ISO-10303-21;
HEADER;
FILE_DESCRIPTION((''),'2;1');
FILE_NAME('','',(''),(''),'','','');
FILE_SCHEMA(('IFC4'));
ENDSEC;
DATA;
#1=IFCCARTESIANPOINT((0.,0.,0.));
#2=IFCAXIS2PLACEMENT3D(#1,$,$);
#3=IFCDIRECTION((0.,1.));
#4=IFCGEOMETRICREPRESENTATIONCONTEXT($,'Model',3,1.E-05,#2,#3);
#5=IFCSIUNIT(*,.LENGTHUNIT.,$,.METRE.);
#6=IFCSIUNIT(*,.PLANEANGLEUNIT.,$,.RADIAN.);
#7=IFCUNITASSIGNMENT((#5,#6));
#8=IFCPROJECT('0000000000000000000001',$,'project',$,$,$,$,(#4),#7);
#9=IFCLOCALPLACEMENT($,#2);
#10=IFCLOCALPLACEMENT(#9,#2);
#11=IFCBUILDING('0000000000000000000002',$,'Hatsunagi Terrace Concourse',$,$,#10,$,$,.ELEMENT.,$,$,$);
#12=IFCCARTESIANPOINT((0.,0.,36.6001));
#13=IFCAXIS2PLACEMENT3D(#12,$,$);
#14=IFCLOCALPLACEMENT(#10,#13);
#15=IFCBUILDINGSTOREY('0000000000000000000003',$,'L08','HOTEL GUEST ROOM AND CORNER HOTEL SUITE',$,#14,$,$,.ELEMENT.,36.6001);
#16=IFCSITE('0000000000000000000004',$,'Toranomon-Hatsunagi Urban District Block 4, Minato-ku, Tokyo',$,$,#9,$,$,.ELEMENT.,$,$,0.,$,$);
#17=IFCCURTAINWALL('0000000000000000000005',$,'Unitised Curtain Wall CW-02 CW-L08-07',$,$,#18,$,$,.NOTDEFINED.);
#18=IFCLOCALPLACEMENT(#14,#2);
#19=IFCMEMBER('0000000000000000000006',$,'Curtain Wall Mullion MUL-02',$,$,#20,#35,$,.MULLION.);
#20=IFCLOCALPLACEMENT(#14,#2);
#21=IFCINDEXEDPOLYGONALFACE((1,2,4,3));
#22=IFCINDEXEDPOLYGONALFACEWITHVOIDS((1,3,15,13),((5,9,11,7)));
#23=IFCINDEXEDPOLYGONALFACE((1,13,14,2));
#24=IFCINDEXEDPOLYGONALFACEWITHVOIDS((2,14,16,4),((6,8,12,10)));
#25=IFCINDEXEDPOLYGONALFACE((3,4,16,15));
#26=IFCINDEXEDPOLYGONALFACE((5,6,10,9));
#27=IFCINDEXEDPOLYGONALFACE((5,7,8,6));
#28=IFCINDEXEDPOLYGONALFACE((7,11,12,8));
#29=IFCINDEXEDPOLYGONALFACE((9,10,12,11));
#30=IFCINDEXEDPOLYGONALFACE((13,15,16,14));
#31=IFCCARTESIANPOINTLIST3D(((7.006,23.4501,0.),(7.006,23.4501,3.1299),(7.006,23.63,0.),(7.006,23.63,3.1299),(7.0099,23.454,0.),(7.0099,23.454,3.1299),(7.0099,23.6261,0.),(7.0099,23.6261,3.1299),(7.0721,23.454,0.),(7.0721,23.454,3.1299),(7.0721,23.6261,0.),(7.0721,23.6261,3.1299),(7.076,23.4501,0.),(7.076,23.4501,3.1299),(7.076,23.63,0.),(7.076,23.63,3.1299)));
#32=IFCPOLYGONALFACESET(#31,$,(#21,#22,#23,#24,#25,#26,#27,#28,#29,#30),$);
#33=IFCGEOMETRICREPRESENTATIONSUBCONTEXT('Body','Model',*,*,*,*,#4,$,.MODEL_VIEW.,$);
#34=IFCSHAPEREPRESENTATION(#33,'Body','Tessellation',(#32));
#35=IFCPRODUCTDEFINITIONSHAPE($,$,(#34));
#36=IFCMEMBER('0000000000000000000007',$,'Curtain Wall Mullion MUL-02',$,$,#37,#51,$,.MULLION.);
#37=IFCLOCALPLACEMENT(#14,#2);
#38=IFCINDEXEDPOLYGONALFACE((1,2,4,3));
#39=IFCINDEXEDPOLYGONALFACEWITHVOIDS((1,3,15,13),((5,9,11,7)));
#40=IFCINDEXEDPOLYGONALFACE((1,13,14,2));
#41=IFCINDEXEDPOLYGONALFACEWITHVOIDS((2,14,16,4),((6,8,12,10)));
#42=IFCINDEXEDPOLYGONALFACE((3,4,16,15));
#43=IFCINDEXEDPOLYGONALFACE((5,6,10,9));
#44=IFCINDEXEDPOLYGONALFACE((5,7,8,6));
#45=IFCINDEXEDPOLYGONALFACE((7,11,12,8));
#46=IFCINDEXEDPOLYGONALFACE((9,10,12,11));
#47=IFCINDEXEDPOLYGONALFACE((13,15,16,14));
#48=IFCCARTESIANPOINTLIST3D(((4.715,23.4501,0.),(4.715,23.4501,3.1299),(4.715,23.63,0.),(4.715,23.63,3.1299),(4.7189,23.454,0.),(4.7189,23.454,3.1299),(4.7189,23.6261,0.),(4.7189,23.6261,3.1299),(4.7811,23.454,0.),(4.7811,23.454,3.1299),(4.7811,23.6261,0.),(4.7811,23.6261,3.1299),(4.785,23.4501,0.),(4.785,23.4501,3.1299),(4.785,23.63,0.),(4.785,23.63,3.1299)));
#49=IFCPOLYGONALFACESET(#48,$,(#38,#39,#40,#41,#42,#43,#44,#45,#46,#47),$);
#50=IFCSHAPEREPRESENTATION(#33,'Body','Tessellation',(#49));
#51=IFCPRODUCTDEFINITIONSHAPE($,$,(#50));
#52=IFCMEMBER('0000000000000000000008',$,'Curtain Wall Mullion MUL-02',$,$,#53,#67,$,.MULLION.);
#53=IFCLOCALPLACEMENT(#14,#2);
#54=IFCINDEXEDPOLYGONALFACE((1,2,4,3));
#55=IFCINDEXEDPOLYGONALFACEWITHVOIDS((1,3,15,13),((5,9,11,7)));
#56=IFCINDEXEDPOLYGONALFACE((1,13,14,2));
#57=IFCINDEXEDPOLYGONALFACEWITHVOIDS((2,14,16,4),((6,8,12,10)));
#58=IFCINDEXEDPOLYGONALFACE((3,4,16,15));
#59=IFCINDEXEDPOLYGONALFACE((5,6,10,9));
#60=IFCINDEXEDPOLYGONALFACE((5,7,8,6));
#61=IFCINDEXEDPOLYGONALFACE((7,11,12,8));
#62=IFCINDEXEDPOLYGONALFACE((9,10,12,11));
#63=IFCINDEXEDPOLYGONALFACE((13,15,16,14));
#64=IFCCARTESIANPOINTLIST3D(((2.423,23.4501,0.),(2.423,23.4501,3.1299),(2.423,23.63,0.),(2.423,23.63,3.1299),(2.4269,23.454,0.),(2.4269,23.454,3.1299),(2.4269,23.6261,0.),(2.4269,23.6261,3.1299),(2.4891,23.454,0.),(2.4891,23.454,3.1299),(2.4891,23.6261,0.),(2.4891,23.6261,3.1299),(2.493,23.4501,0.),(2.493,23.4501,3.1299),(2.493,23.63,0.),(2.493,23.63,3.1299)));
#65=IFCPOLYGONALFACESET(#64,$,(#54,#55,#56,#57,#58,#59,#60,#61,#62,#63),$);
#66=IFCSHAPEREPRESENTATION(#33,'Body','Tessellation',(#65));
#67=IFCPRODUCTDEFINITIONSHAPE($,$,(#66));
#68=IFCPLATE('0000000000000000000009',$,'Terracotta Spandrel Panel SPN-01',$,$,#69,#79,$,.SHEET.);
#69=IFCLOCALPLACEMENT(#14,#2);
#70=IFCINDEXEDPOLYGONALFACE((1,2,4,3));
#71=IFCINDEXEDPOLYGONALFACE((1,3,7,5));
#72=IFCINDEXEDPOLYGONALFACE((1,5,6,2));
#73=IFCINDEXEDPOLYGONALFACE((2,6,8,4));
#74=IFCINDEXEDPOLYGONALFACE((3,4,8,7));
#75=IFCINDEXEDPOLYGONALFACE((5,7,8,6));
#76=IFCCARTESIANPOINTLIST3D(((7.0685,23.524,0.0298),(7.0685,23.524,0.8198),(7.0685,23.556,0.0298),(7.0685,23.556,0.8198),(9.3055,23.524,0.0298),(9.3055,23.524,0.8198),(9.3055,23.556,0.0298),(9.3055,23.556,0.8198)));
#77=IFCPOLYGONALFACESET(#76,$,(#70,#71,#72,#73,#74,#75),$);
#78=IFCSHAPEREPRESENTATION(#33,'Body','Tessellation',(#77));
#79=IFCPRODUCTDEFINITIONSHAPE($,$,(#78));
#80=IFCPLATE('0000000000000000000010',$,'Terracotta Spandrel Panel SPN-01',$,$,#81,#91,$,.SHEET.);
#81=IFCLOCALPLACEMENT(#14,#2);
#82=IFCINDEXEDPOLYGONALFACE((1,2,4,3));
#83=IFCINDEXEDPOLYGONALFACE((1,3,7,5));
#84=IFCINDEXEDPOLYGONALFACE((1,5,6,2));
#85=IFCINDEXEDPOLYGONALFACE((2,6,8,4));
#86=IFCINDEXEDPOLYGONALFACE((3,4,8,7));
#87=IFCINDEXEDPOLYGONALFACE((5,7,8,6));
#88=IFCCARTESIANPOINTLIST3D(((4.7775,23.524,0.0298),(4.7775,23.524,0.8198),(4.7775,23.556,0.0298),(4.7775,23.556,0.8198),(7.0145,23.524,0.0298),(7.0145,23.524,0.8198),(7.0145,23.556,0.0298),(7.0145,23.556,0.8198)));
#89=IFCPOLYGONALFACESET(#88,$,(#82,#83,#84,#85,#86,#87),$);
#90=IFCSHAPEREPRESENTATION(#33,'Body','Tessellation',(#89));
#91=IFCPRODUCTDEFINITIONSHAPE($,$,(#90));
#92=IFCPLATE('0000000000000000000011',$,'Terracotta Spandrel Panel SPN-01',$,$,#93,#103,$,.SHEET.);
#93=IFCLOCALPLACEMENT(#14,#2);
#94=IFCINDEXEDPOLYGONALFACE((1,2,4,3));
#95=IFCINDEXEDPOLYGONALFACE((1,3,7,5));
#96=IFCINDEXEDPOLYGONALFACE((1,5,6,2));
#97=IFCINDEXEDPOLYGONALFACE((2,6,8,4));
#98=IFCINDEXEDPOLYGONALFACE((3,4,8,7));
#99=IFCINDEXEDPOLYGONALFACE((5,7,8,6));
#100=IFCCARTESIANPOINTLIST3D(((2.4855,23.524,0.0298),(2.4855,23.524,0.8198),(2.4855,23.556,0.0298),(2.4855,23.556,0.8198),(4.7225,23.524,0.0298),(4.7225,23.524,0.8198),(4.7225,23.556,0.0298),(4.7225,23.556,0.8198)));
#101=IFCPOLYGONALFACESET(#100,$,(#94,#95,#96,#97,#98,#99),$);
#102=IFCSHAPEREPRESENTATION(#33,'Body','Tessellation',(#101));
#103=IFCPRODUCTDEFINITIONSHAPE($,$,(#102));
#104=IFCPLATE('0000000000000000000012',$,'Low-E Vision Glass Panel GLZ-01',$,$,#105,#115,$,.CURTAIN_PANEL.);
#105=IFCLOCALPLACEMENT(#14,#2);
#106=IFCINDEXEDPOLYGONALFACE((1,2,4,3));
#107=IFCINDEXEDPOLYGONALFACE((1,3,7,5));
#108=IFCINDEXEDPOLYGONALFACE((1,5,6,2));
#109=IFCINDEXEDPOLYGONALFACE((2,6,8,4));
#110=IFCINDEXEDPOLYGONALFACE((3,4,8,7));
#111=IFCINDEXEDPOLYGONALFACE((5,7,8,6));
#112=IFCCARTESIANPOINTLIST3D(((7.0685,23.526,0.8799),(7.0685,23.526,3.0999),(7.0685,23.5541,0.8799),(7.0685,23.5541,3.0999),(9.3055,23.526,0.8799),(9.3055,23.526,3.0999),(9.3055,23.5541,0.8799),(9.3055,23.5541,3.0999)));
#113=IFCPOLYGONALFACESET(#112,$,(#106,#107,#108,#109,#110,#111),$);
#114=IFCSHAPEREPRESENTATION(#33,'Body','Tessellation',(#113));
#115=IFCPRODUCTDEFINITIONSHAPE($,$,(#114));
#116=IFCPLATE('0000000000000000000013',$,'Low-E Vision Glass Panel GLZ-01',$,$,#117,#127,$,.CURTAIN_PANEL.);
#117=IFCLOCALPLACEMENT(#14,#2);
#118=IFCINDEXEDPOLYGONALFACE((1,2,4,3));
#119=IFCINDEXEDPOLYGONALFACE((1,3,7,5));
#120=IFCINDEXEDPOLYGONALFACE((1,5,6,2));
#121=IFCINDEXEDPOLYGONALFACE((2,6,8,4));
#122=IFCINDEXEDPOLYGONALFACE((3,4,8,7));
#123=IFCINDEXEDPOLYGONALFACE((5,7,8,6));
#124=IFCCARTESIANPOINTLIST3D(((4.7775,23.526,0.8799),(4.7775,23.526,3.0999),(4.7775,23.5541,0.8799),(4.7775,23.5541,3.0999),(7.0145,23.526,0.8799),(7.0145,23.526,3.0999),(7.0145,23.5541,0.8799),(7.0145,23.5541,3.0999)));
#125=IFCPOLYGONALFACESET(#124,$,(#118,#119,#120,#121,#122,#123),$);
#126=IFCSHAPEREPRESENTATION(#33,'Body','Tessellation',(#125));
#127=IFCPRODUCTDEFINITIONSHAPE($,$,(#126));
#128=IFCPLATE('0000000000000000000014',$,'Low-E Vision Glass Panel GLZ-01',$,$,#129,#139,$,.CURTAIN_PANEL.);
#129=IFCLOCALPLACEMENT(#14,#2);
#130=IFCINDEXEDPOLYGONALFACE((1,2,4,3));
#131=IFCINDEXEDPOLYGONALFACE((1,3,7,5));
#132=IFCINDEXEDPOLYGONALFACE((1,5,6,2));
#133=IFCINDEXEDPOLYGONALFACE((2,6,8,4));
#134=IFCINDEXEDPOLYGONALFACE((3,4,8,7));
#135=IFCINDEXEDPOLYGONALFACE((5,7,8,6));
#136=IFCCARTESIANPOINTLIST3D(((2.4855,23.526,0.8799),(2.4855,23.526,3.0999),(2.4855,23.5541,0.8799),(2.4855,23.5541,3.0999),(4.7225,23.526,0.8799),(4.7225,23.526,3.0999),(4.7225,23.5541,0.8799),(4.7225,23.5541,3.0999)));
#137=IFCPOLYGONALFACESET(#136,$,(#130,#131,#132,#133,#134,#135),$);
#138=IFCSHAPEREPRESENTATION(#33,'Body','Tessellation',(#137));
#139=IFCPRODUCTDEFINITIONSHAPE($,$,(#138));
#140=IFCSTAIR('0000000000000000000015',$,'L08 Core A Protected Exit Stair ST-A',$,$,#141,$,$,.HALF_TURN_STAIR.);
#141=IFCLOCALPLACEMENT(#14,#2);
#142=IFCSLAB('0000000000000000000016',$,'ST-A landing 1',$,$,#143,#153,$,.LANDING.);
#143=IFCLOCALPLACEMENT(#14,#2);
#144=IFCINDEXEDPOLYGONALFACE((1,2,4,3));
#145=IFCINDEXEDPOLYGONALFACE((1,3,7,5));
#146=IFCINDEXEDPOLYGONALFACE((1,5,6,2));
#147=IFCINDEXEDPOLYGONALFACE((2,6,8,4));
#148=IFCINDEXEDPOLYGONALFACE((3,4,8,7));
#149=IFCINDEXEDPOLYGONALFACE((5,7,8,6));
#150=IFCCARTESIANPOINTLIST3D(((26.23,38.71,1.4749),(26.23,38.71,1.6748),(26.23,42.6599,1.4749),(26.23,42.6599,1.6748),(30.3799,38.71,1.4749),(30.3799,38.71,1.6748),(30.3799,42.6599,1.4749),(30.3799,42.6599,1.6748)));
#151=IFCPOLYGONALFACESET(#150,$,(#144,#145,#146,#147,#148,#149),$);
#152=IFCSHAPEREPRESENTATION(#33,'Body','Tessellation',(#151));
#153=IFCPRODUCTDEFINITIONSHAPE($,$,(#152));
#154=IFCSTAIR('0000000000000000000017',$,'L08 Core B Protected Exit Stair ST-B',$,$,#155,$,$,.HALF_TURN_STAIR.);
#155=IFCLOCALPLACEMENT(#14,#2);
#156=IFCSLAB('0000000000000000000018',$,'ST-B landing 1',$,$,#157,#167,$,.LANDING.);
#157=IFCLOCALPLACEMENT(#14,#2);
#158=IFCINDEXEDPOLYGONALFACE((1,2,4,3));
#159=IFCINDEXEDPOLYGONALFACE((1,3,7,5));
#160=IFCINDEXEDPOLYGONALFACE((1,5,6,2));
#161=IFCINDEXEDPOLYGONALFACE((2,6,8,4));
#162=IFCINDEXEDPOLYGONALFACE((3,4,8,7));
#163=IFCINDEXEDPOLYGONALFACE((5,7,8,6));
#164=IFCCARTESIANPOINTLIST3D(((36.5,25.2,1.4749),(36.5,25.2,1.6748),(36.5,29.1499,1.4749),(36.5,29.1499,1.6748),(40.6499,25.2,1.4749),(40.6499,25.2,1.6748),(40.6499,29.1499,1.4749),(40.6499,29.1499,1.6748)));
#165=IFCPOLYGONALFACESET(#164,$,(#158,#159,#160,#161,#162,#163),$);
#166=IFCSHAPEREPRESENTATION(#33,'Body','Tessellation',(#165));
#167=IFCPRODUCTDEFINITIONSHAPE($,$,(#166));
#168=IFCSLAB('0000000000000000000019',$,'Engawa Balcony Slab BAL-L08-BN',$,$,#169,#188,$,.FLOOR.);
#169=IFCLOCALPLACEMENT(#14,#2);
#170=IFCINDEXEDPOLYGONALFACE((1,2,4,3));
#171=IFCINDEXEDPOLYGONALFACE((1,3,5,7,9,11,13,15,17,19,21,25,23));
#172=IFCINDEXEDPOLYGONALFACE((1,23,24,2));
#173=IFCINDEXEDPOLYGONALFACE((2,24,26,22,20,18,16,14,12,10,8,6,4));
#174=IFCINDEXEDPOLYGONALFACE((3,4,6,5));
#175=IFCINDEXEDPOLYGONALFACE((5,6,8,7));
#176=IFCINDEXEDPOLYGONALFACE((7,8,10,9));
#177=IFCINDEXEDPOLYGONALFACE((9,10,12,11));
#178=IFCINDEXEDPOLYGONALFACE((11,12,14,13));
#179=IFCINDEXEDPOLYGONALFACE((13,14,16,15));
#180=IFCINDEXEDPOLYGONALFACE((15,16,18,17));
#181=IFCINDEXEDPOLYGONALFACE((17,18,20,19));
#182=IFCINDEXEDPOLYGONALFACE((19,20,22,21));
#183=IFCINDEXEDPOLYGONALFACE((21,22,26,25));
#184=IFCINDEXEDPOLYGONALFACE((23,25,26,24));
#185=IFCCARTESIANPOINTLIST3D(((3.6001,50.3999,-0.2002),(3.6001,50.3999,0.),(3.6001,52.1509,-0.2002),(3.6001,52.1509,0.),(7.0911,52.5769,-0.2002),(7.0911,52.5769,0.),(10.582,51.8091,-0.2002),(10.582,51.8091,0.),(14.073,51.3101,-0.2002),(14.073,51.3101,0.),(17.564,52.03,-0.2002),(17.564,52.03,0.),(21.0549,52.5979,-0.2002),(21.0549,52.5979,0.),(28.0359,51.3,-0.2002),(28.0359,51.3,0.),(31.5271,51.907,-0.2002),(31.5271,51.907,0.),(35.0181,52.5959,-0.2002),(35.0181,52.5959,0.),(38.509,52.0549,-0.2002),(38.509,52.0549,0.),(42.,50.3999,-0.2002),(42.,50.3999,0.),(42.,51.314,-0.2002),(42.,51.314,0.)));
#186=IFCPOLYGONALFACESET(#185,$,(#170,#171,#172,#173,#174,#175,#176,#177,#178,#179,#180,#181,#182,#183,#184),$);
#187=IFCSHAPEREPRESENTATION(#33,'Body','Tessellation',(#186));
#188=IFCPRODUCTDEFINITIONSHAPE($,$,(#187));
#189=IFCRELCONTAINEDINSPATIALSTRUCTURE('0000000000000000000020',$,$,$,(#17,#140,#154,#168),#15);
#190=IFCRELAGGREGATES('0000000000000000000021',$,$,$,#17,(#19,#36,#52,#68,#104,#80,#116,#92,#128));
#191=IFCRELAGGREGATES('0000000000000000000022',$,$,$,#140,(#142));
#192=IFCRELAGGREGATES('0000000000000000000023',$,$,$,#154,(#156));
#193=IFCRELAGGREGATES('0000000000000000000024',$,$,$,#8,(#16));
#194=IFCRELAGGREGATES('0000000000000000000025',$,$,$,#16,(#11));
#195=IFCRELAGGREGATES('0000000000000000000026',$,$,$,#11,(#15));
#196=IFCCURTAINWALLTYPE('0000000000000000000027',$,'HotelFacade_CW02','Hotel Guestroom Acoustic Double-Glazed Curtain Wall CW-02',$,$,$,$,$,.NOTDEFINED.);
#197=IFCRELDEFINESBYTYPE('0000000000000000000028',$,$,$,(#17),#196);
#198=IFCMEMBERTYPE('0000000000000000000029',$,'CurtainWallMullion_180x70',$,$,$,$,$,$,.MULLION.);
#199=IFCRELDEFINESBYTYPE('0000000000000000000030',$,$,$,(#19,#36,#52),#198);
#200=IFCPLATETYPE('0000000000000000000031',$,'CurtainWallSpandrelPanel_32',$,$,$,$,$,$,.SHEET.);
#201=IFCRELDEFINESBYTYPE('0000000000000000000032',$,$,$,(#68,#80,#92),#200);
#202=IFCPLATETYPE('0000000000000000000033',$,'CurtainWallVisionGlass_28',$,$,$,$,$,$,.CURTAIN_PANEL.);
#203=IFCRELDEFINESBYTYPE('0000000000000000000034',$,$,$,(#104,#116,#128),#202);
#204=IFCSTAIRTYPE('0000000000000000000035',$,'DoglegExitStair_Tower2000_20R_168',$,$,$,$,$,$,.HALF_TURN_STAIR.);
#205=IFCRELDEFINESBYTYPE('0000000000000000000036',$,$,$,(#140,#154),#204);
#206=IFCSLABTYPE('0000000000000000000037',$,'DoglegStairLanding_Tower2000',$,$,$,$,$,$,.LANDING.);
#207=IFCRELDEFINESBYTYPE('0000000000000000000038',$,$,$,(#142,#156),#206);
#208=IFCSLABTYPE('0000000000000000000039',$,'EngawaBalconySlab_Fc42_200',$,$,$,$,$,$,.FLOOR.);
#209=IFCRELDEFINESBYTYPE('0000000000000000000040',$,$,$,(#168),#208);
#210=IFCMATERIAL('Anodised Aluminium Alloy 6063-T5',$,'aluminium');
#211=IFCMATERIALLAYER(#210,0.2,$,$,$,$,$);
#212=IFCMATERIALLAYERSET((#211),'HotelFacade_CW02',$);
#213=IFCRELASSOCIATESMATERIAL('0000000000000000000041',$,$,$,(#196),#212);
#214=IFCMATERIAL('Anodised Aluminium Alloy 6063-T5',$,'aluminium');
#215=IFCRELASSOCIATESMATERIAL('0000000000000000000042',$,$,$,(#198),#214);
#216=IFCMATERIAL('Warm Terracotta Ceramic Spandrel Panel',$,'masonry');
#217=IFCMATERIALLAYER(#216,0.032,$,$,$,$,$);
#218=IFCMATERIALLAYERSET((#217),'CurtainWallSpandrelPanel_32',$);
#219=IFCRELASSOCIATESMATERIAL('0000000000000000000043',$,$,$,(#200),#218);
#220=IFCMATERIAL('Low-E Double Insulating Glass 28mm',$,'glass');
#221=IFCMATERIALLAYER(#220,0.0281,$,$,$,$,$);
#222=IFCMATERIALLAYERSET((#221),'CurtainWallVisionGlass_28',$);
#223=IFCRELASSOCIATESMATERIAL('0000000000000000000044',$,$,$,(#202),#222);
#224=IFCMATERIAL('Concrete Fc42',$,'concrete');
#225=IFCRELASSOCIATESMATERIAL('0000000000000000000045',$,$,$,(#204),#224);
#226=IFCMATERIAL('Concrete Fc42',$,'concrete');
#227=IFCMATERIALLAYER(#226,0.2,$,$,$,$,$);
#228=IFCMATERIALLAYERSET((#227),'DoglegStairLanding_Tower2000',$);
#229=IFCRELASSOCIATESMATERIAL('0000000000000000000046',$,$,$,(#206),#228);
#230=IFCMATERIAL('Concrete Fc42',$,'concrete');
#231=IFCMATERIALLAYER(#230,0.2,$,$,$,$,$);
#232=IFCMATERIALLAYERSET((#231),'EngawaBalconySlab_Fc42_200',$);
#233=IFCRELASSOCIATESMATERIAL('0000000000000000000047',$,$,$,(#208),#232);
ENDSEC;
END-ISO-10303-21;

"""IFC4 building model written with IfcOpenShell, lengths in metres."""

from ifc_helpers import new_model, si_unit, direction, frame, origin, origin_2d, place, context, subcontext, project, spatial, polyline, rectangle, hollow_rectangle, outline, extrude, material, layer, layer_set, material_profile, profile_set, type_object, element, aggregate, save


model = new_model("IFC4")

# Units and contexts
model_context = context("Model", 3, precision=1e-05, world=origin(), true_north=direction((0.0, 1.0)))
body_context = subcontext(model_context, "Body", "Model", "MODEL_VIEW")
ifc_project = project(units=[si_unit("LENGTHUNIT", "METRE"), si_unit("PLANEANGLEUNIT", "RADIAN")], contexts=[model_context])

# Site, building, storey
site_placement = place(None, origin())
site = spatial("IfcSite", under=ifc_project, at=site_placement, Name="Toranomon-Hatsunagi Urban District Block 4, Minato-ku, Tokyo", CompositionType="ELEMENT", RefElevation=0.0)
building_placement = place(site_placement, origin())
building = spatial("IfcBuilding", under=site, at=building_placement, Name="Hatsunagi Terrace Concourse", CompositionType="ELEMENT")
storey_placement = place(building_placement, frame((0.0, 0.0, 36.6001)))
storey = spatial("IfcBuildingStorey", under=building, at=storey_placement, Name="L08", Description="HOTEL GUEST ROOM AND CORNER HOTEL SUITE", CompositionType="ELEMENT", Elevation=36.6001)

# Curtain wall, members, plates
ifc_material_1 = material(Name="Anodised Aluminium Alloy 6063-T5", Category="aluminium")
ifc_layer_1 = layer(ifc_material_1, 0.2)
ifc_layer_set_1 = layer_set([ifc_layer_1], Name="HotelFacade_CW02")
curtain_wall_type = type_object("IfcCurtainWallType", Name="HotelFacade_CW02", Description="Hotel Guestroom Acoustic Double-Glazed Curtain Wall CW-02", PredefinedType="NOTDEFINED", material=ifc_layer_set_1)
curtain_wall_placement = place(storey_placement, origin())
curtain_wall = element("IfcCurtainWall", 1, at=curtain_wall_placement, inside=storey, type_object=curtain_wall_type, Name="Unitised Curtain Wall CW-02 CW-L08-07", PredefinedType="NOTDEFINED")
ifc_material_2 = material(Name="Anodised Aluminium Alloy 6063-T5", Category="aluminium")
ifc_material_profile = material_profile(ifc_material_2, hollow_rectangle(XDim=0.0701, YDim=0.1799, WallThickness=0.0039, at=origin_2d()), Name="ALU-MUL-180x70x4")
ifc_profile_set = profile_set([ifc_material_profile], Name="Anodised Aluminium Alloy 6063-T5")
member_type = type_object("IfcMemberType", Name="CurtainWallMullion_180x70", PredefinedType="MULLION", material=ifc_profile_set)
member_1_placement = place(storey_placement, frame((7.041, 23.54, 0.0), z_axis=(0.0, 0.0, 1.0), x_axis=(-1.0, 0.0, 0.0)))
member_1 = element("IfcMember", 2, at=member_1_placement, type_object=member_type, Name="Curtain Wall Mullion MUL-02", PredefinedType="MULLION", context=body_context, shape_type="SweptSolid", body=[
    extrude(hollow_rectangle(XDim=0.0701, YDim=0.1799, WallThickness=0.0039, at=origin_2d()), origin(), (0.0, 0.0, 1.0), 3.1299),
])
member_2_placement = place(storey_placement, frame((4.75, 23.54, 0.0), z_axis=(0.0, 0.0, 1.0), x_axis=(-1.0, 0.0, 0.0)))
member_2 = element("IfcMember", 3, at=member_2_placement, type_object=member_type, Name="Curtain Wall Mullion MUL-02", PredefinedType="MULLION", context=body_context, shape_type="SweptSolid", body=[
    extrude(hollow_rectangle(XDim=0.0701, YDim=0.1799, WallThickness=0.0039, at=origin_2d()), origin(), (0.0, 0.0, 1.0), 3.1299),
])
member_3_placement = place(storey_placement, frame((2.458, 23.54, 0.0), z_axis=(0.0, 0.0, 1.0), x_axis=(-1.0, 0.0, 0.0)))
member_3 = element("IfcMember", 4, at=member_3_placement, type_object=member_type, Name="Curtain Wall Mullion MUL-02", PredefinedType="MULLION", context=body_context, shape_type="SweptSolid", body=[
    extrude(hollow_rectangle(XDim=0.0701, YDim=0.1799, WallThickness=0.0039, at=origin_2d()), origin(), (0.0, 0.0, 1.0), 3.1299),
])
ifc_material_3 = material(Name="Warm Terracotta Ceramic Spandrel Panel", Category="masonry")
ifc_layer_2 = layer(ifc_material_3, 0.032)
ifc_layer_set_2 = layer_set([ifc_layer_2], Name="CurtainWallSpandrelPanel_32")
plate_type_1 = type_object("IfcPlateType", Name="CurtainWallSpandrelPanel_32", PredefinedType="SHEET", material=ifc_layer_set_2)
plate_1_placement = place(storey_placement, frame((8.187, 23.54, 0.0298), z_axis=(0.0, 0.0, 1.0), x_axis=(-1.0, 0.0, 0.0)))
plate_1 = element("IfcPlate", 5, at=plate_1_placement, type_object=plate_type_1, Name="Terracotta Spandrel Panel SPN-01", PredefinedType="SHEET", context=body_context, shape_type="SweptSolid", body=[
    extrude(rectangle(XDim=2.2371, YDim=0.032, at=origin_2d()), origin(), (0.0, 0.0, 1.0), 0.79),
])
plate_2_placement = place(storey_placement, frame((5.896, 23.54, 0.0298), z_axis=(0.0, 0.0, 1.0), x_axis=(-1.0, 0.0, 0.0)))
plate_2 = element("IfcPlate", 6, at=plate_2_placement, type_object=plate_type_1, Name="Terracotta Spandrel Panel SPN-01", PredefinedType="SHEET", context=body_context, shape_type="SweptSolid", body=[
    extrude(rectangle(XDim=2.2371, YDim=0.032, at=origin_2d()), origin(), (0.0, 0.0, 1.0), 0.79),
])
plate_3_placement = place(storey_placement, frame((3.604, 23.54, 0.0298), z_axis=(0.0, 0.0, 1.0), x_axis=(-1.0, 0.0, 0.0)))
plate_3 = element("IfcPlate", 7, at=plate_3_placement, type_object=plate_type_1, Name="Terracotta Spandrel Panel SPN-01", PredefinedType="SHEET", context=body_context, shape_type="SweptSolid", body=[
    extrude(rectangle(XDim=2.2371, YDim=0.032, at=origin_2d()), origin(), (0.0, 0.0, 1.0), 0.79),
])
ifc_material_4 = material(Name="Low-E Double Insulating Glass 28mm", Category="glass")
ifc_layer_3 = layer(ifc_material_4, 0.0281)
ifc_layer_set_3 = layer_set([ifc_layer_3], Name="CurtainWallVisionGlass_28")
plate_type_2 = type_object("IfcPlateType", Name="CurtainWallVisionGlass_28", PredefinedType="CURTAIN_PANEL", material=ifc_layer_set_3)
plate_4_placement = place(storey_placement, frame((8.187, 23.54, 0.8799), z_axis=(0.0, 0.0, 1.0), x_axis=(-1.0, 0.0, 0.0)))
plate_4 = element("IfcPlate", 8, at=plate_4_placement, type_object=plate_type_2, Name="Low-E Vision Glass Panel GLZ-01", PredefinedType="CURTAIN_PANEL", context=body_context, shape_type="SweptSolid", body=[
    extrude(rectangle(XDim=2.2371, YDim=0.0281, at=origin_2d()), origin(), (0.0, 0.0, 1.0), 2.22),
])
plate_5_placement = place(storey_placement, frame((5.896, 23.54, 0.8799), z_axis=(0.0, 0.0, 1.0), x_axis=(-1.0, 0.0, 0.0)))
plate_5 = element("IfcPlate", 9, at=plate_5_placement, type_object=plate_type_2, Name="Low-E Vision Glass Panel GLZ-01", PredefinedType="CURTAIN_PANEL", context=body_context, shape_type="SweptSolid", body=[
    extrude(rectangle(XDim=2.2371, YDim=0.0281, at=origin_2d()), origin(), (0.0, 0.0, 1.0), 2.22),
])
plate_6_placement = place(storey_placement, frame((3.604, 23.54, 0.8799), z_axis=(0.0, 0.0, 1.0), x_axis=(-1.0, 0.0, 0.0)))
plate_6 = element("IfcPlate", 10, at=plate_6_placement, type_object=plate_type_2, Name="Low-E Vision Glass Panel GLZ-01", PredefinedType="CURTAIN_PANEL", context=body_context, shape_type="SweptSolid", body=[
    extrude(rectangle(XDim=2.2371, YDim=0.0281, at=origin_2d()), origin(), (0.0, 0.0, 1.0), 2.22),
])
aggregate(curtain_wall, [member_1, member_2, member_3, plate_1, plate_4, plate_2, plate_5, plate_3, plate_6])

# Stairs, slabs
ifc_material_5 = material(Name="Concrete Fc42", Category="concrete")
stair_type = type_object("IfcStairType", Name="DoglegExitStair_Tower2000_20R_168", PredefinedType="HALF_TURN_STAIR", material=ifc_material_5)
stair_1_placement = place(storey_placement, origin())
stair_1 = element("IfcStair", 11, at=stair_1_placement, inside=storey, type_object=stair_type, Name="L08 Core A Protected Exit Stair ST-A", PredefinedType="HALF_TURN_STAIR")
ifc_material_6 = material(Name="Concrete Fc42", Category="concrete")
ifc_layer_4 = layer(ifc_material_6, 0.2)
ifc_layer_set_4 = layer_set([ifc_layer_4], Name="DoglegStairLanding_Tower2000")
slab_type_1 = type_object("IfcSlabType", Name="DoglegStairLanding_Tower2000", PredefinedType="LANDING", material=ifc_layer_set_4)
slab_1_placement = place(storey_placement, frame((0.0, 0.0, 1.4749)))
slab_1 = element("IfcSlab", 12, at=slab_1_placement, type_object=slab_type_1, Name="ST-A landing 1", PredefinedType="LANDING", context=body_context, shape_type="SweptSolid", body=[
    extrude(outline(polyline([(30.3799, 38.71), (30.3799, 42.6599), (26.23, 42.6599), (26.23, 38.71), (30.3799, 38.71)])), origin(), (0.0, 0.0, 1.0), 0.2),
])
aggregate(stair_1, [slab_1])
stair_2_placement = place(storey_placement, origin())
stair_2 = element("IfcStair", 13, at=stair_2_placement, inside=storey, type_object=stair_type, Name="L08 Core B Protected Exit Stair ST-B", PredefinedType="HALF_TURN_STAIR")
slab_2_placement = place(storey_placement, frame((0.0, 0.0, 1.4749)))
slab_2 = element("IfcSlab", 14, at=slab_2_placement, type_object=slab_type_1, Name="ST-B landing 1", PredefinedType="LANDING", context=body_context, shape_type="SweptSolid", body=[
    extrude(outline(polyline([(36.5, 29.1499), (36.5, 25.2), (40.6499, 25.2), (40.6499, 29.1499), (36.5, 29.1499)])), origin(), (0.0, 0.0, 1.0), 0.2),
])
aggregate(stair_2, [slab_2])

# Slab
ifc_material_7 = material(Name="Concrete Fc42", Category="concrete")
ifc_layer_5 = layer(ifc_material_7, 0.2)
ifc_layer_set_5 = layer_set([ifc_layer_5], Name="EngawaBalconySlab_Fc42_200")
slab_type_2 = type_object("IfcSlabType", Name="EngawaBalconySlab_Fc42_200", PredefinedType="FLOOR", material=ifc_layer_set_5)
slab_3_placement = place(storey_placement, frame((0.0, 0.0, -0.2002)))
element("IfcSlab", 15, at=slab_3_placement, inside=storey, type_object=slab_type_2, Name="Engawa Balcony Slab BAL-L08-BN", PredefinedType="FLOOR", context=body_context, shape_type="SweptSolid", body=[
    extrude(outline(polyline([(3.6001, 52.1509), (3.6001, 50.3999), (42.0, 50.3999), (42.0, 51.314), (38.509, 52.0549), (35.0181, 52.5959), (31.5271, 51.907), (28.0359, 51.3), (21.0549, 52.5979), (17.564, 52.03), (14.073, 51.3101), (10.582, 51.8091), (7.0911, 52.5769), (3.6001, 52.1509)])), origin(), (0.0, 0.0, 1.0), 0.2002),
])

save(model, "model.ifc")
